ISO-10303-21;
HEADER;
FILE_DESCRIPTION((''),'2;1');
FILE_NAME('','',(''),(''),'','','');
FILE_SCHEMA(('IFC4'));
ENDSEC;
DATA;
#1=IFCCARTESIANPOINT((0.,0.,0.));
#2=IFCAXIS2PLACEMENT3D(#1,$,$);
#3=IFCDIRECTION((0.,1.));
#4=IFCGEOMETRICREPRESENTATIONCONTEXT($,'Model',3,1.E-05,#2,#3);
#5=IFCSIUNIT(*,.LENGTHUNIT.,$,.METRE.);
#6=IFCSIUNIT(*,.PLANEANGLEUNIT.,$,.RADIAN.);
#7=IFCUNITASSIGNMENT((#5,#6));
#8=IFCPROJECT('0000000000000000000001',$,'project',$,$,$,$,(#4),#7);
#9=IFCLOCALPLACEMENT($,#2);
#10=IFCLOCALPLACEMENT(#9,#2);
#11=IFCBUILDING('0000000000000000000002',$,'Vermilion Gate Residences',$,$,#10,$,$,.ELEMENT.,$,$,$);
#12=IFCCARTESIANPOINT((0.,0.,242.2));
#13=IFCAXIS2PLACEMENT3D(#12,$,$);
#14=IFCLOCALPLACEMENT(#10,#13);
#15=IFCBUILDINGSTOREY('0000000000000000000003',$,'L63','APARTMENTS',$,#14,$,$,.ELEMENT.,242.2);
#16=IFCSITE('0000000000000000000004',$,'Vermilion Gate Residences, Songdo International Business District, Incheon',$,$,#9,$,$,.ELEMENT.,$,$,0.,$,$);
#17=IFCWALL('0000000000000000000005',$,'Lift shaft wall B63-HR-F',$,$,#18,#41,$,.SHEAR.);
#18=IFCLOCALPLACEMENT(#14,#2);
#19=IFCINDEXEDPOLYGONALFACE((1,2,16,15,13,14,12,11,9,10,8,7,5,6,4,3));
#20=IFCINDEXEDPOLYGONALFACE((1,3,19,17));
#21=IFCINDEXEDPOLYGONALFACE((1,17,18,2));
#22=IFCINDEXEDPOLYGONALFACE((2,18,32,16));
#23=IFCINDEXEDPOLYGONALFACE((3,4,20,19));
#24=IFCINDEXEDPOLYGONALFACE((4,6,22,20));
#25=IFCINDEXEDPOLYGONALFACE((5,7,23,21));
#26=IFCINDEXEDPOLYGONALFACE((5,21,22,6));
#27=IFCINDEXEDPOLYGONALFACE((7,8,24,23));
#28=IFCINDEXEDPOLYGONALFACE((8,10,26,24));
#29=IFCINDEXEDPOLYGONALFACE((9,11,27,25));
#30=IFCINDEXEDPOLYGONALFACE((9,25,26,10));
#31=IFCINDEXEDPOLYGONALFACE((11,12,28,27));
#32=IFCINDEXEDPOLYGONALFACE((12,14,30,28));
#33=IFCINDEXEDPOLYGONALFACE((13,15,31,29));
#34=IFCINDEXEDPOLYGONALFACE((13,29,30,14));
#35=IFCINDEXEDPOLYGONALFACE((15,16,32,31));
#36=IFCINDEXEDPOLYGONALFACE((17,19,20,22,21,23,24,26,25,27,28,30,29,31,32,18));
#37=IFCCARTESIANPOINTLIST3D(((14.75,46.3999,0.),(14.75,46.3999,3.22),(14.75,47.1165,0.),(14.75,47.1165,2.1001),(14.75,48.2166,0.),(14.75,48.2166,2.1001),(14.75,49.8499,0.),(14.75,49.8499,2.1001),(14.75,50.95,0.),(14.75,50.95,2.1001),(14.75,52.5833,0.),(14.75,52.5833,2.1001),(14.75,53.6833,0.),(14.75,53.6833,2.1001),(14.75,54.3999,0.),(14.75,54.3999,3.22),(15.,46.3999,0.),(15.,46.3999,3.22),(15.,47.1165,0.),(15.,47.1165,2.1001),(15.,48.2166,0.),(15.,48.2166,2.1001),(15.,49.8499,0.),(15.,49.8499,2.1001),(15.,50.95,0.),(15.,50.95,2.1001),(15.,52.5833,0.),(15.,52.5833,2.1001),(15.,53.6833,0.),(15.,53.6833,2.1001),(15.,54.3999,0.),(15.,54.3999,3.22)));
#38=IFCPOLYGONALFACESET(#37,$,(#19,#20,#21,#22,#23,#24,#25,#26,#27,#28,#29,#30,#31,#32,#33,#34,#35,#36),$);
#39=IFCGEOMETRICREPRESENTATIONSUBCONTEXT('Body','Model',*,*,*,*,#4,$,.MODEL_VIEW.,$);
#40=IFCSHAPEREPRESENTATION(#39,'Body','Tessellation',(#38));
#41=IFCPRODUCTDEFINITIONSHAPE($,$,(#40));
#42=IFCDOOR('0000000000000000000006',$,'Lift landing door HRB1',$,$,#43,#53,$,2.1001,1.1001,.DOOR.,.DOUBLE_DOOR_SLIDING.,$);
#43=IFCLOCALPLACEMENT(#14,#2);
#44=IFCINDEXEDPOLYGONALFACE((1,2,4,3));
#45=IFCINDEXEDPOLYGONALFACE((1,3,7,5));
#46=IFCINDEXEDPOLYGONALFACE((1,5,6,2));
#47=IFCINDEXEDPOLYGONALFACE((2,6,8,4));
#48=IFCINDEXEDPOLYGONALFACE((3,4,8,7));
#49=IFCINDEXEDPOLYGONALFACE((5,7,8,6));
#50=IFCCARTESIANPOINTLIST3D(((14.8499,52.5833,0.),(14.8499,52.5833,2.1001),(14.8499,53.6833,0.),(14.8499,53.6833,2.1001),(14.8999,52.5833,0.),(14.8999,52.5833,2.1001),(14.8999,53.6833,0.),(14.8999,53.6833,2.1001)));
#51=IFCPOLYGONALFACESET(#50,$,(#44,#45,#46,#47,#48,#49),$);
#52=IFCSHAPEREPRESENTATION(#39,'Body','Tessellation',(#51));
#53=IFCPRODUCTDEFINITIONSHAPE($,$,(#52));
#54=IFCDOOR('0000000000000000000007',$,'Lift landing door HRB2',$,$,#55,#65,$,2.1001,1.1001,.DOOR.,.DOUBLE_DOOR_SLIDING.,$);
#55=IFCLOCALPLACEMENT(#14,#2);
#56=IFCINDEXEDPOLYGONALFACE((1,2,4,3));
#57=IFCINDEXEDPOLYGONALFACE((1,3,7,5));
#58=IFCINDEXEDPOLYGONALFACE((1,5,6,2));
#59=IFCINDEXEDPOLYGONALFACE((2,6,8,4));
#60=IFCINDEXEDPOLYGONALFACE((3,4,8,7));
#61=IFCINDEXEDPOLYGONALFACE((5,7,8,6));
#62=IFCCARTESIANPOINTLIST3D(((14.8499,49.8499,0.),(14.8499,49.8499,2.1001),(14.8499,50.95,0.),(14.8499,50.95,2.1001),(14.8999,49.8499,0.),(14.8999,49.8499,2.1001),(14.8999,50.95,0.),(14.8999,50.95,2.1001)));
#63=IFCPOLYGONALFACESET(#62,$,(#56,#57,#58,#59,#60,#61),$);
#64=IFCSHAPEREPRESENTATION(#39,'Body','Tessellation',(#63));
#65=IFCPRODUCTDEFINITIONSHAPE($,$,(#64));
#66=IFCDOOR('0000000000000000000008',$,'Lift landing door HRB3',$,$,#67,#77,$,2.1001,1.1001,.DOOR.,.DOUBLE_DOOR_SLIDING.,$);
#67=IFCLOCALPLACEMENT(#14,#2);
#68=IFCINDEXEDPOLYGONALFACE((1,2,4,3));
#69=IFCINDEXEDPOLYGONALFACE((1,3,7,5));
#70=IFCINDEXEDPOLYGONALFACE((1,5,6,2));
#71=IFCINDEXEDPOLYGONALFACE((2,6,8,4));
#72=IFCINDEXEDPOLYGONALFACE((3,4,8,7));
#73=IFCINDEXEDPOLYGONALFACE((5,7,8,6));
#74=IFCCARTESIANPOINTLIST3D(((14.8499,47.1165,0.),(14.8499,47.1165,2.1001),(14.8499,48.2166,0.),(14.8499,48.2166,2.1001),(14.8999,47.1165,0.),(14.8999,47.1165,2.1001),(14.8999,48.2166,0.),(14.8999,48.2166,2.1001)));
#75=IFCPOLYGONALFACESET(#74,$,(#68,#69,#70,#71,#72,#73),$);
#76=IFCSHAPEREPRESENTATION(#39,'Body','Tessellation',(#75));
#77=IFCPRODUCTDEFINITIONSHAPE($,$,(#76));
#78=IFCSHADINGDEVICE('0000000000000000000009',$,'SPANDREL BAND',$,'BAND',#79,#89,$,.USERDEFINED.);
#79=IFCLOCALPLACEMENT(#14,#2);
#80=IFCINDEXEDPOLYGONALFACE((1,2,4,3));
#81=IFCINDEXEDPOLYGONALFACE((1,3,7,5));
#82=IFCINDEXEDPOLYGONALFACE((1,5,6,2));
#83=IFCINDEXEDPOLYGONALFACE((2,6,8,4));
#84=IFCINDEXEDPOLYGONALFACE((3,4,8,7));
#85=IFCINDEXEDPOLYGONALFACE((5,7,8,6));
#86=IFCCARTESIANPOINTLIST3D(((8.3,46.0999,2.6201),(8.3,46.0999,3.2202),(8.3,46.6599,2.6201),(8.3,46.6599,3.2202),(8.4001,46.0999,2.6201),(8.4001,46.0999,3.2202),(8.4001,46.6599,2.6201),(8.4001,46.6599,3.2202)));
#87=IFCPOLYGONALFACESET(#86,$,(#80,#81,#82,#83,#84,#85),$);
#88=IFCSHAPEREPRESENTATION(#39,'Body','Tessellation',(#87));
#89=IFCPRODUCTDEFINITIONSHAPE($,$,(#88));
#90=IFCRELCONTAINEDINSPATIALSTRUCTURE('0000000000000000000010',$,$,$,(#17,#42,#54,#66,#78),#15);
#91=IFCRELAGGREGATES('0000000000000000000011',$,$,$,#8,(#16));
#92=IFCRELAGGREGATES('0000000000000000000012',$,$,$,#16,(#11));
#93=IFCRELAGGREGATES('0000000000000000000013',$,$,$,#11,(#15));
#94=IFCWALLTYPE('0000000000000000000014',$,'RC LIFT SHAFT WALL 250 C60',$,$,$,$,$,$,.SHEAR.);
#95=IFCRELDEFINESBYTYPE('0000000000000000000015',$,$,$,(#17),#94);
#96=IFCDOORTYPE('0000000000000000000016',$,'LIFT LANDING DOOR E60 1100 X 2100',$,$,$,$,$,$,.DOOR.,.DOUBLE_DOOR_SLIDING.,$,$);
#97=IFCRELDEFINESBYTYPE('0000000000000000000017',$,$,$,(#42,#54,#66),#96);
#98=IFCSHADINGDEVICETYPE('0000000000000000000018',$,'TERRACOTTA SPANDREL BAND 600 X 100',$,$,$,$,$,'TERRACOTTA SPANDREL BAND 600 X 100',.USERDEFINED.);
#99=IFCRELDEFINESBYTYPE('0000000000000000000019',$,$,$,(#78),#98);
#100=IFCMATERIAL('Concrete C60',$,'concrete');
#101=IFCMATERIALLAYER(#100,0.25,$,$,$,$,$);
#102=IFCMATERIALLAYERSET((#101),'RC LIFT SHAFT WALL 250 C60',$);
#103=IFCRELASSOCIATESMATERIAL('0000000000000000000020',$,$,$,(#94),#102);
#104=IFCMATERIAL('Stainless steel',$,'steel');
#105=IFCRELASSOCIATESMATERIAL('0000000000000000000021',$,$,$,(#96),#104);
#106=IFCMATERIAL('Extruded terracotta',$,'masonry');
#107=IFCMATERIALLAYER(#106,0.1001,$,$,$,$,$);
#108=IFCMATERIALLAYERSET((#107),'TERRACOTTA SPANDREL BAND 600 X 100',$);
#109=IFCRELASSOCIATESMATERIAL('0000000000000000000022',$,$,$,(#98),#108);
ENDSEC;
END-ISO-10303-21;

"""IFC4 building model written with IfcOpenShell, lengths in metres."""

from ifc_helpers import new_model, si_unit, direction, frame, frame_2d, origin, origin_2d, place, context, subcontext, project, spatial, rectangle, extrude, material, layer, layer_set, type_object, element, fill, save


model = new_model("IFC4")

# Units and contexts
model_context = context("Model", 3, precision=1e-05, world=origin(), true_north=direction((0.0, 1.0)))
body_context = subcontext(model_context, "Body", "Model", "MODEL_VIEW")
ifc_project = project(units=[si_unit("LENGTHUNIT", "METRE"), si_unit("PLANEANGLEUNIT", "RADIAN")], contexts=[model_context])

# Site, building, storey
site_placement = place(None, origin())
site = spatial("IfcSite", under=ifc_project, at=site_placement, Name="Vermilion Gate Residences, Songdo International Business District, Incheon", CompositionType="ELEMENT", RefElevation=0.0)
building_placement = place(site_placement, origin())
building = spatial("IfcBuilding", under=site, at=building_placement, Name="Vermilion Gate Residences", CompositionType="ELEMENT")
storey_placement = place(building_placement, frame((0.0, 0.0, 242.2)))
storey = spatial("IfcBuildingStorey", under=building, at=storey_placement, Name="L63", Description="APARTMENTS", CompositionType="ELEMENT", Elevation=242.2)

# Wall, openings, doors
ifc_material_1 = material(Name="Concrete C60", Category="concrete")
ifc_layer_1 = layer(ifc_material_1, 0.25)
ifc_layer_set_1 = layer_set([ifc_layer_1], Name="RC LIFT SHAFT WALL 250 C60")
wall_type_1 = type_object("IfcWallType", Name="RC LIFT SHAFT WALL 250 C60", PredefinedType="SHEAR", material=ifc_layer_set_1)
wall_1_placement = place(storey_placement, frame((14.875, 54.3999, 0.0), z_axis=(0.0, 0.0, 1.0), x_axis=(0.0, -1.0, 0.0)))
wall_1 = element("IfcWall", 1, at=wall_1_placement, inside=storey, type_object=wall_type_1, Name="Lift shaft wall B63-HR-F", PredefinedType="SHEAR", context=body_context, shape_type="SweptSolid", body=[
    extrude(rectangle(XDim=8.0, YDim=0.25, at=frame_2d((4.0, 0.0))), origin(), (0.0, 0.0, 1.0), 3.22),
])
opening_1_placement = place(wall_1_placement, frame((0.7166, 0.0, 0.0)))
opening_1 = element("IfcOpeningElement", 2, at=opening_1_placement, cuts=wall_1, PredefinedType="OPENING", context=body_context, shape_type="SweptSolid", body=[
    extrude(rectangle(XDim=1.1001, YDim=2.1001, at=frame_2d((0.55, 1.05))), frame((0.0, 0.135, 0.0), z_axis=(0.0, -1.0, 0.0), x_axis=(1.0, 0.0, 0.0)), (0.0, 0.0, 1.0), 0.27),
])
opening_2_placement = place(wall_1_placement, frame((3.45, 0.0, 0.0)))
opening_2 = element("IfcOpeningElement", 3, at=opening_2_placement, cuts=wall_1, PredefinedType="OPENING", context=body_context, shape_type="SweptSolid", body=[
    extrude(rectangle(XDim=1.1001, YDim=2.1001, at=frame_2d((0.55, 1.05))), frame((0.0, 0.135, 0.0), z_axis=(0.0, -1.0, 0.0), x_axis=(1.0, 0.0, 0.0)), (0.0, 0.0, 1.0), 0.27),
])
opening_3_placement = place(wall_1_placement, frame((6.1833, 0.0, 0.0)))
opening_3 = element("IfcOpeningElement", 4, at=opening_3_placement, cuts=wall_1, PredefinedType="OPENING", context=body_context, shape_type="SweptSolid", body=[
    extrude(rectangle(XDim=1.1001, YDim=2.1001, at=frame_2d((0.55, 1.05))), frame((0.0, 0.135, 0.0), z_axis=(0.0, -1.0, 0.0), x_axis=(1.0, 0.0, 0.0)), (0.0, 0.0, 1.0), 0.27),
])
ifc_material_2 = material(Name="Stainless steel", Category="steel")
door_type_1 = type_object("IfcDoorType", Name="LIFT LANDING DOOR E60 1100 X 2100", OperationType="DOUBLE_DOOR_SLIDING", PredefinedType="DOOR", material=ifc_material_2)
door_1_placement = place(opening_1_placement, origin())
door_1 = element("IfcDoor", 5, at=door_1_placement, inside=storey, type_object=door_type_1, Name="Lift landing door HRB1", OperationType="DOUBLE_DOOR_SLIDING", OverallHeight=2.1001, OverallWidth=1.1001, PredefinedType="DOOR", context=body_context, shape_type="SweptSolid", body=[
    extrude(rectangle(XDim=1.1001, YDim=2.1001, at=frame_2d((0.55, 1.05))), frame((0.0, 0.0249, 0.0), z_axis=(0.0, -1.0, 0.0), x_axis=(1.0, 0.0, 0.0)), (0.0, 0.0, 1.0), 0.05),
])
fill(opening_1, door_1)
door_2_placement = place(opening_2_placement, origin())
door_2 = element("IfcDoor", 6, at=door_2_placement, inside=storey, type_object=door_type_1, Name="Lift landing door HRB2", OperationType="DOUBLE_DOOR_SLIDING", OverallHeight=2.1001, OverallWidth=1.1001, PredefinedType="DOOR", context=body_context, shape_type="SweptSolid", body=[
    extrude(rectangle(XDim=1.1001, YDim=2.1001, at=frame_2d((0.55, 1.05))), frame((0.0, 0.0249, 0.0), z_axis=(0.0, -1.0, 0.0), x_axis=(1.0, 0.0, 0.0)), (0.0, 0.0, 1.0), 0.05),
])
fill(opening_2, door_2)
door_3_placement = place(opening_3_placement, origin())
door_3 = element("IfcDoor", 7, at=door_3_placement, inside=storey, type_object=door_type_1, Name="Lift landing door HRB3", OperationType="DOUBLE_DOOR_SLIDING", OverallHeight=2.1001, OverallWidth=1.1001, PredefinedType="DOOR", context=body_context, shape_type="SweptSolid", body=[
    extrude(rectangle(XDim=1.1001, YDim=2.1001, at=frame_2d((0.55, 1.05))), frame((0.0, 0.0249, 0.0), z_axis=(0.0, -1.0, 0.0), x_axis=(1.0, 0.0, 0.0)), (0.0, 0.0, 1.0), 0.05),
])
fill(opening_3, door_3)

# Shading device
ifc_material_3 = material(Name="Extruded terracotta", Category="masonry")
ifc_layer_2 = layer(ifc_material_3, 0.1001)
ifc_layer_set_2 = layer_set([ifc_layer_2], Name="TERRACOTTA SPANDREL BAND 600 X 100")
shading_device_type = type_object("IfcShadingDeviceType", Name="TERRACOTTA SPANDREL BAND 600 X 100", ElementType="TERRACOTTA SPANDREL BAND 600 X 100", PredefinedType="USERDEFINED", material=ifc_layer_set_2)
shading_device_placement = place(storey_placement, frame((8.3501, 46.3799, 2.6201), z_axis=(0.0, 0.0, 1.0), x_axis=(0.0, 1.0, 0.0)))
element("IfcShadingDevice", 8, at=shading_device_placement, inside=storey, type_object=shading_device_type, Name="SPANDREL BAND", ObjectType="BAND", PredefinedType="USERDEFINED", context=body_context, shape_type="SweptSolid", body=[
    extrude(rectangle(XDim=0.5601, YDim=0.1001, at=origin_2d()), origin(), (0.0, 0.0, 1.0), 0.6001),
])

save(model, "model.ifc")
